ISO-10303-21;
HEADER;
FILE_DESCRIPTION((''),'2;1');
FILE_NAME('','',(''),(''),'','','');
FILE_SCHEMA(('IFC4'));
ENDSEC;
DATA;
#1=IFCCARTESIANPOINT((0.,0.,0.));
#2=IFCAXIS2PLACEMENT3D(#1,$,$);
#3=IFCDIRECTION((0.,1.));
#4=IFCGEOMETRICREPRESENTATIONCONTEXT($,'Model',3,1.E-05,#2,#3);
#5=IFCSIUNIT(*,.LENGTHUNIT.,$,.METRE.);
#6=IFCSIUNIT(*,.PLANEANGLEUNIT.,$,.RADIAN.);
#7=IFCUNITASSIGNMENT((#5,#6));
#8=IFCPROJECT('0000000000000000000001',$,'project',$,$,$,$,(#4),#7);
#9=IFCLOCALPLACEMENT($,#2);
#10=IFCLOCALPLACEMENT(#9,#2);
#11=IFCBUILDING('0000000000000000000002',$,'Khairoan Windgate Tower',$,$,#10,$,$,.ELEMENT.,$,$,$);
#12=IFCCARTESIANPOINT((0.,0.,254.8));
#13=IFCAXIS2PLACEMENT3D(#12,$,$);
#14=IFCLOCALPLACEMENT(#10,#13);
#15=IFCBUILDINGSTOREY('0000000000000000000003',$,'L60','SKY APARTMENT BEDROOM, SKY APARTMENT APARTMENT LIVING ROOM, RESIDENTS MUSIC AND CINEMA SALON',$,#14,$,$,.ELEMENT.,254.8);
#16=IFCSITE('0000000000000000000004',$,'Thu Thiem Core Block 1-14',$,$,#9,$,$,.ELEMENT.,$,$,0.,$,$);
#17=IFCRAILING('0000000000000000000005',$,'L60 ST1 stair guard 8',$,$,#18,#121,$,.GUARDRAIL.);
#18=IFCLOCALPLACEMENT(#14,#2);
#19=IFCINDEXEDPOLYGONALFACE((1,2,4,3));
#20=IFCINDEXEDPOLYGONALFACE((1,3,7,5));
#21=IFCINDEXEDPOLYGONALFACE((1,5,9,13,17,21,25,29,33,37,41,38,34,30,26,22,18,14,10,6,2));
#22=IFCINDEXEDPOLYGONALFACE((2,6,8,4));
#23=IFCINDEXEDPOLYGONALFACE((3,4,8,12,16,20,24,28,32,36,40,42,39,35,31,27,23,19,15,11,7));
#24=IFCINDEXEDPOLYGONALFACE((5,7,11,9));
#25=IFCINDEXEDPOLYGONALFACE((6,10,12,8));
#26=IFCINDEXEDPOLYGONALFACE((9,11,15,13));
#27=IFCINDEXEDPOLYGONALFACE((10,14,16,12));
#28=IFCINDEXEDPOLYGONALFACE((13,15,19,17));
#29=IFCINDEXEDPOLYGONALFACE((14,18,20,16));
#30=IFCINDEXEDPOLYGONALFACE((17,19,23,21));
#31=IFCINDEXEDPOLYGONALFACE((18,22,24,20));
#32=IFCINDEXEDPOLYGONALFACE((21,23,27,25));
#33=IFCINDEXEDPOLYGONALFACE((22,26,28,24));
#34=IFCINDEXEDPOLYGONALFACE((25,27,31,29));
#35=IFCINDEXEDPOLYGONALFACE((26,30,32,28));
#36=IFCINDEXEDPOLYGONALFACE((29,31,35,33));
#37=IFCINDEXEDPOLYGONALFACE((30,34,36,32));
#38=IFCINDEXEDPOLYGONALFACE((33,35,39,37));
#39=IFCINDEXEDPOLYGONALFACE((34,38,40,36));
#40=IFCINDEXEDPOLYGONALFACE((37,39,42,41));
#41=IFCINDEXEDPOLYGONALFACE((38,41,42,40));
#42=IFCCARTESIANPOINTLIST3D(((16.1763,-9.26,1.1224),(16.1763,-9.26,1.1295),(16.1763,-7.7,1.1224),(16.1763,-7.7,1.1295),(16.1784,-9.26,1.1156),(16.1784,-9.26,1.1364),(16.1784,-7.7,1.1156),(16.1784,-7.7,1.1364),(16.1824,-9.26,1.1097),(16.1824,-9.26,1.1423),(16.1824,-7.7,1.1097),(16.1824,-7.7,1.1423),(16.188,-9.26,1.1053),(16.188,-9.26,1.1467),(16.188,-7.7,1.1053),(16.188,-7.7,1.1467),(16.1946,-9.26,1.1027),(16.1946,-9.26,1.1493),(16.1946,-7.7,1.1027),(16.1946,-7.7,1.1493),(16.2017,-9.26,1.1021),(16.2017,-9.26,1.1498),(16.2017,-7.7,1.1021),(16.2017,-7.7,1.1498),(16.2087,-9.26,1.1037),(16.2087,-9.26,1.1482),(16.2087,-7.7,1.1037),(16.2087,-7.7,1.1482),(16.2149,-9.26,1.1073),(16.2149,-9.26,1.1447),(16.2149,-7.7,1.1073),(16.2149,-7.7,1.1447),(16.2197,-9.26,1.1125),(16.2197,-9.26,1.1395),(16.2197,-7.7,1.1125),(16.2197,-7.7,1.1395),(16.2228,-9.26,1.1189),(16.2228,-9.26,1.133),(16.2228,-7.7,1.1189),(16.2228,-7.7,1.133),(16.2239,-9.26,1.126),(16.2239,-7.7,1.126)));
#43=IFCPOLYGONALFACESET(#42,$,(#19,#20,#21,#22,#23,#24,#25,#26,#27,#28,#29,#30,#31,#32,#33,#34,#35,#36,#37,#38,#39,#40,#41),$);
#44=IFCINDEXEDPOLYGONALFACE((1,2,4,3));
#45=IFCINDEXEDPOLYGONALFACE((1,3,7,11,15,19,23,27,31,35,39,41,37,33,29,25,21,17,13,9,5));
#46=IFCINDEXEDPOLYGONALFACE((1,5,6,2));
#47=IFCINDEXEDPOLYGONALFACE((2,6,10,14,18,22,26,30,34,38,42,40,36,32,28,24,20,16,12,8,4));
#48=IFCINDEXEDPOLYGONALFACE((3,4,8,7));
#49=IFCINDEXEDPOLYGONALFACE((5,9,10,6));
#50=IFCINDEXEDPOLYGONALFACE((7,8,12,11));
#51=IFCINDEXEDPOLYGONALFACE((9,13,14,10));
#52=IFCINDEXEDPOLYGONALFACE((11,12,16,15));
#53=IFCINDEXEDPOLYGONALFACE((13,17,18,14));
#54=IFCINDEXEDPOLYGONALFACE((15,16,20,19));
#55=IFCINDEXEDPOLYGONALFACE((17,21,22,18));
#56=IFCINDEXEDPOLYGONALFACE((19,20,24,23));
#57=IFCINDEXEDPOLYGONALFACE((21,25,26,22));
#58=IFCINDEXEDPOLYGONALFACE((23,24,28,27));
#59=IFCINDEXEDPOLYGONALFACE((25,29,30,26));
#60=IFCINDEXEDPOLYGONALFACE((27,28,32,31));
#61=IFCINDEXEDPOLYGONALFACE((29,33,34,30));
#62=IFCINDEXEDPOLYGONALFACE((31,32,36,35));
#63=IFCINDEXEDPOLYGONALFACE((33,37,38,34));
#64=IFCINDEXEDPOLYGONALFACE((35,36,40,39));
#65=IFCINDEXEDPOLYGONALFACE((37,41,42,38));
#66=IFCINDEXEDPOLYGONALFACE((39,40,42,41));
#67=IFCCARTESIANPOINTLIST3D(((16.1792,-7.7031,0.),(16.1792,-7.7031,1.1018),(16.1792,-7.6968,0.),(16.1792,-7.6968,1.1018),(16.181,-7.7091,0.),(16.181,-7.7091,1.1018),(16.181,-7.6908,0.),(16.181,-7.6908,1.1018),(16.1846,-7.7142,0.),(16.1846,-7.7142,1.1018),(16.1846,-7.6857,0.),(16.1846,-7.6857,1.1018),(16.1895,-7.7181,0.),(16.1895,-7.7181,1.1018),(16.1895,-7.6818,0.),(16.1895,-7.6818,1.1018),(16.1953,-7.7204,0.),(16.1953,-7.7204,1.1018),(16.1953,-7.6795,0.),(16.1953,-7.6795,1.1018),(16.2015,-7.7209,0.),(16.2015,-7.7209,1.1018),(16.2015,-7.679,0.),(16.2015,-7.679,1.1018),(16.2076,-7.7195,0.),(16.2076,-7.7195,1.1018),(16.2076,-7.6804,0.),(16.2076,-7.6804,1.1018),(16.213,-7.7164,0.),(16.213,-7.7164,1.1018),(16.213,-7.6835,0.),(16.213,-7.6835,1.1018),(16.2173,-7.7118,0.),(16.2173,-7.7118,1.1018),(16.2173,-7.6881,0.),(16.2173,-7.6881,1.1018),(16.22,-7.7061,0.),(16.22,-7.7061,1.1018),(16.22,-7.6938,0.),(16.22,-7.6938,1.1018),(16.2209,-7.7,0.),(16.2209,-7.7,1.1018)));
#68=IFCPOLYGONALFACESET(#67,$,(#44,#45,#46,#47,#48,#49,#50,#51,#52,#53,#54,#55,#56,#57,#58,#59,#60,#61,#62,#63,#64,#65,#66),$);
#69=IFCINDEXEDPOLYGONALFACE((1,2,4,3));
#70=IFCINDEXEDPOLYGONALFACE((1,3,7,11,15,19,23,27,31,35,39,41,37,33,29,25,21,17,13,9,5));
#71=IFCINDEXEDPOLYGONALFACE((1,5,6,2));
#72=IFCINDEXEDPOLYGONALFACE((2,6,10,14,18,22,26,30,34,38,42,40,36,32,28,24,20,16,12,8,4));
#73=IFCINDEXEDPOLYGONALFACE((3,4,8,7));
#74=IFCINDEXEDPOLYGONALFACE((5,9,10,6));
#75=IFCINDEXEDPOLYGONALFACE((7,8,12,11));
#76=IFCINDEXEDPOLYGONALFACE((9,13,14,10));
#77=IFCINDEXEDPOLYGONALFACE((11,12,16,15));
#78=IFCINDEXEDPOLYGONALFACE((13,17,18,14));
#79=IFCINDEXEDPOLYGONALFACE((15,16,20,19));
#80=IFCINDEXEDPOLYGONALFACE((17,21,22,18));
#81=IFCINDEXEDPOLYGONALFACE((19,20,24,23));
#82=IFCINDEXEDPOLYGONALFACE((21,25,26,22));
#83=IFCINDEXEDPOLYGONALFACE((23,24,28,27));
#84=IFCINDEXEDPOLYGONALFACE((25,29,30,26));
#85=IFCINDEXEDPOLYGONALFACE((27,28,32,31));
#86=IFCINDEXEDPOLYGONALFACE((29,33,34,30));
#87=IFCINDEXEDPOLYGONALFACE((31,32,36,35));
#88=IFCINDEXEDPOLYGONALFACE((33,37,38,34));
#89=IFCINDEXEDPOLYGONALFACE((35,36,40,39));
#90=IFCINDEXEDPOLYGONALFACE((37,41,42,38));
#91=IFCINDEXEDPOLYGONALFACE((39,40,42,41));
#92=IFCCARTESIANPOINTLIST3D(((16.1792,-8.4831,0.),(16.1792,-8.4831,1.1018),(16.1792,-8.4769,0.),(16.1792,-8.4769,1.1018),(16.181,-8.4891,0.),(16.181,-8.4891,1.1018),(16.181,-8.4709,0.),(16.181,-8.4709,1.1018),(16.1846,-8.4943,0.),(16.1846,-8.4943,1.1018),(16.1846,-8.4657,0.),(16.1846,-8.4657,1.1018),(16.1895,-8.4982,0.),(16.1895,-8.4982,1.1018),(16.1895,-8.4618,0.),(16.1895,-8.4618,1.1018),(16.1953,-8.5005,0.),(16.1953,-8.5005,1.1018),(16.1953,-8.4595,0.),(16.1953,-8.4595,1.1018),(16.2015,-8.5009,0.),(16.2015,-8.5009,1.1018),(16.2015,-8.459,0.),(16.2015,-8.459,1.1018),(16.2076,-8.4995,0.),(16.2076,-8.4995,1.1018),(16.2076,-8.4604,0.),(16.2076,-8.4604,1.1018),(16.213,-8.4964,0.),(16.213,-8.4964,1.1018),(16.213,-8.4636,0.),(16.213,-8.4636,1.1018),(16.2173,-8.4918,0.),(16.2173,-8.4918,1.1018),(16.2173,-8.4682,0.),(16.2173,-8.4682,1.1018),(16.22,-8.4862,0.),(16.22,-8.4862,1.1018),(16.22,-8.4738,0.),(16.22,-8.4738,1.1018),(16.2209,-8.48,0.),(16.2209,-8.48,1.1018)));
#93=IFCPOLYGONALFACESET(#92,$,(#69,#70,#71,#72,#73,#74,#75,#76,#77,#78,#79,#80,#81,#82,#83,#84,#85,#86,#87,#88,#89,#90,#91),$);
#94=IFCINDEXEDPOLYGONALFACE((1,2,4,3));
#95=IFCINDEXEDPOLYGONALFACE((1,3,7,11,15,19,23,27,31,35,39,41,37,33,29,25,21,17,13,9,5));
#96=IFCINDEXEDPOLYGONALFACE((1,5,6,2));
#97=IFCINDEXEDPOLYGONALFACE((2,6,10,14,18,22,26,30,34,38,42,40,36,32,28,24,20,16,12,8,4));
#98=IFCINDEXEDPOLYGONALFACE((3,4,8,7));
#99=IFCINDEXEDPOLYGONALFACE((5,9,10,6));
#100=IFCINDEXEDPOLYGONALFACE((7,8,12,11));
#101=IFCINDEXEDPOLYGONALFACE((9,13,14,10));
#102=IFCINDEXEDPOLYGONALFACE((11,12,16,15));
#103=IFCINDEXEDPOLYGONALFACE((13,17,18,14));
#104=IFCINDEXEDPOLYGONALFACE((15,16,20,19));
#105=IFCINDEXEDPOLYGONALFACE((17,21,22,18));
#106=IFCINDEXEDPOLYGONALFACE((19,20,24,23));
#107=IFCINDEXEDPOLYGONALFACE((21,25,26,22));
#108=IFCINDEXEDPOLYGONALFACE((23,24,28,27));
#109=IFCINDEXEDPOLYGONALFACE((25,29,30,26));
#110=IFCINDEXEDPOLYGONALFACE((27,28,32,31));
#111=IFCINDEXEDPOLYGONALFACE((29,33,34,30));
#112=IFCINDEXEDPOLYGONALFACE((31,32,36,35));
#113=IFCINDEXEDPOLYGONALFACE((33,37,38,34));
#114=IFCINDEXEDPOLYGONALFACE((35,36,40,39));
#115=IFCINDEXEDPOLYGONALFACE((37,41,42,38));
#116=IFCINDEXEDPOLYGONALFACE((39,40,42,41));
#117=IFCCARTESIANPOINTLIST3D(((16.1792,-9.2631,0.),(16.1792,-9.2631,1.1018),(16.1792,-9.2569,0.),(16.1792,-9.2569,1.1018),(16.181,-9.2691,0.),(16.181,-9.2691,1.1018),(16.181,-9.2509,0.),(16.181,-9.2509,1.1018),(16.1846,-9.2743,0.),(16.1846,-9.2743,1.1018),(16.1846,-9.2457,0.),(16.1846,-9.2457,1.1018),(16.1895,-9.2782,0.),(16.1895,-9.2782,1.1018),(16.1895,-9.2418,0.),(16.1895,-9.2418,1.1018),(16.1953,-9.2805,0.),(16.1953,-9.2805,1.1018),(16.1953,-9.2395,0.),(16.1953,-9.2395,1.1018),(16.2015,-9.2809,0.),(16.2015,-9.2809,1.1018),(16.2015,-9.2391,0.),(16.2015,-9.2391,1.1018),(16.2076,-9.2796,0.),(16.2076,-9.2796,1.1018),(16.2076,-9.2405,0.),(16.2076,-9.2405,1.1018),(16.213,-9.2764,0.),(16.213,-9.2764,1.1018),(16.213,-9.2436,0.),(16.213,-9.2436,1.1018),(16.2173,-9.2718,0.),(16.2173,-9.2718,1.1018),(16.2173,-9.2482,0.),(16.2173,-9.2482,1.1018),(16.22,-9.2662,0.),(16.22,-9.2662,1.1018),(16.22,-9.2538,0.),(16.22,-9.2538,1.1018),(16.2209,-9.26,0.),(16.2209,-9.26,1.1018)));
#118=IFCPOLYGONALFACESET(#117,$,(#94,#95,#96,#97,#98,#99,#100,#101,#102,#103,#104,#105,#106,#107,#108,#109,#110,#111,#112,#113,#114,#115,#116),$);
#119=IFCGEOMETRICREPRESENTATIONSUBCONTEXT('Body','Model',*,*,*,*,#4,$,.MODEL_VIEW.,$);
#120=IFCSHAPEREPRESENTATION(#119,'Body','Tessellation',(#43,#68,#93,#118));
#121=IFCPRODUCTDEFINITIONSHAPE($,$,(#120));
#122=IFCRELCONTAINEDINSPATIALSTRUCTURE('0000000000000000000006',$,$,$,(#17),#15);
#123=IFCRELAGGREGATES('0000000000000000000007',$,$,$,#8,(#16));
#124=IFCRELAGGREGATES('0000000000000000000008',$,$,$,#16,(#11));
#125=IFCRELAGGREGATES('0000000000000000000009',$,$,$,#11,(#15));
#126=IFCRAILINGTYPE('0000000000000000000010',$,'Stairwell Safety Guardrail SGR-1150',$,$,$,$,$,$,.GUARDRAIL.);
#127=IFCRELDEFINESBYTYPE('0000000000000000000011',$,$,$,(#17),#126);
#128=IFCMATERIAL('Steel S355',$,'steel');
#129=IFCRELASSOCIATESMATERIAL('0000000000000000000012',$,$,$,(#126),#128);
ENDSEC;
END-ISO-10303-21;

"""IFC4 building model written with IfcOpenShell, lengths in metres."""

from ifc_helpers import new_model, si_unit, direction, frame, origin, origin_2d, place, context, subcontext, project, spatial, circle, extrude, material, type_object, element, save


model = new_model("IFC4")

# Units and contexts
model_context = context("Model", 3, precision=1e-05, world=origin(), true_north=direction((0.0, 1.0)))
body_context = subcontext(model_context, "Body", "Model", "MODEL_VIEW")
ifc_project = project(units=[si_unit("LENGTHUNIT", "METRE"), si_unit("PLANEANGLEUNIT", "RADIAN")], contexts=[model_context])

# Site, building, storey
site_placement = place(None, origin())
site = spatial("IfcSite", under=ifc_project, at=site_placement, Name="Thu Thiem Core Block 1-14", CompositionType="ELEMENT", RefElevation=0.0)
building_placement = place(site_placement, origin())
building = spatial("IfcBuilding", under=site, at=building_placement, Name="Khairoan Windgate Tower", CompositionType="ELEMENT")
storey_placement = place(building_placement, frame((0.0, 0.0, 254.8)))
storey = spatial("IfcBuildingStorey", under=building, at=storey_placement, Name="L60", Description="SKY APARTMENT BEDROOM, SKY APARTMENT APARTMENT LIVING ROOM, RESIDENTS MUSIC AND CINEMA SALON", CompositionType="ELEMENT", Elevation=254.8)

# Railing
ifc_material_1 = material(Name="Steel S355", Category="steel")
railing_type_1 = type_object("IfcRailingType", Name="Stairwell Safety Guardrail SGR-1150", PredefinedType="GUARDRAIL", material=ifc_material_1)
railing_1_placement = place(storey_placement, frame((16.2, -7.7, 0.0)))
element("IfcRailing", 1, at=railing_1_placement, inside=storey, type_object=railing_type_1, Name="L60 ST1 stair guard 8", PredefinedType="GUARDRAIL", context=body_context, shape_type="SweptSolid", body=[
    extrude(circle(Radius=0.0239, at=origin_2d()), frame((0.0, 0.0, 1.126), z_axis=(0.0, -1.0, 0.0), x_axis=(1.0, 0.0, 0.0)), (0.0, 0.0, 1.0), 1.5601),
    extrude(circle(Radius=0.021, at=origin_2d()), origin(), (0.0, 0.0, 1.0), 1.1018),
    extrude(circle(Radius=0.021, at=origin_2d()), frame((0.0, -0.78, 0.0)), (0.0, 0.0, 1.0), 1.1018),
    extrude(circle(Radius=0.021, at=origin_2d()), frame((0.0, -1.5601, 0.0)), (0.0, 0.0, 1.0), 1.1018),
])

save(model, "model.ifc")
